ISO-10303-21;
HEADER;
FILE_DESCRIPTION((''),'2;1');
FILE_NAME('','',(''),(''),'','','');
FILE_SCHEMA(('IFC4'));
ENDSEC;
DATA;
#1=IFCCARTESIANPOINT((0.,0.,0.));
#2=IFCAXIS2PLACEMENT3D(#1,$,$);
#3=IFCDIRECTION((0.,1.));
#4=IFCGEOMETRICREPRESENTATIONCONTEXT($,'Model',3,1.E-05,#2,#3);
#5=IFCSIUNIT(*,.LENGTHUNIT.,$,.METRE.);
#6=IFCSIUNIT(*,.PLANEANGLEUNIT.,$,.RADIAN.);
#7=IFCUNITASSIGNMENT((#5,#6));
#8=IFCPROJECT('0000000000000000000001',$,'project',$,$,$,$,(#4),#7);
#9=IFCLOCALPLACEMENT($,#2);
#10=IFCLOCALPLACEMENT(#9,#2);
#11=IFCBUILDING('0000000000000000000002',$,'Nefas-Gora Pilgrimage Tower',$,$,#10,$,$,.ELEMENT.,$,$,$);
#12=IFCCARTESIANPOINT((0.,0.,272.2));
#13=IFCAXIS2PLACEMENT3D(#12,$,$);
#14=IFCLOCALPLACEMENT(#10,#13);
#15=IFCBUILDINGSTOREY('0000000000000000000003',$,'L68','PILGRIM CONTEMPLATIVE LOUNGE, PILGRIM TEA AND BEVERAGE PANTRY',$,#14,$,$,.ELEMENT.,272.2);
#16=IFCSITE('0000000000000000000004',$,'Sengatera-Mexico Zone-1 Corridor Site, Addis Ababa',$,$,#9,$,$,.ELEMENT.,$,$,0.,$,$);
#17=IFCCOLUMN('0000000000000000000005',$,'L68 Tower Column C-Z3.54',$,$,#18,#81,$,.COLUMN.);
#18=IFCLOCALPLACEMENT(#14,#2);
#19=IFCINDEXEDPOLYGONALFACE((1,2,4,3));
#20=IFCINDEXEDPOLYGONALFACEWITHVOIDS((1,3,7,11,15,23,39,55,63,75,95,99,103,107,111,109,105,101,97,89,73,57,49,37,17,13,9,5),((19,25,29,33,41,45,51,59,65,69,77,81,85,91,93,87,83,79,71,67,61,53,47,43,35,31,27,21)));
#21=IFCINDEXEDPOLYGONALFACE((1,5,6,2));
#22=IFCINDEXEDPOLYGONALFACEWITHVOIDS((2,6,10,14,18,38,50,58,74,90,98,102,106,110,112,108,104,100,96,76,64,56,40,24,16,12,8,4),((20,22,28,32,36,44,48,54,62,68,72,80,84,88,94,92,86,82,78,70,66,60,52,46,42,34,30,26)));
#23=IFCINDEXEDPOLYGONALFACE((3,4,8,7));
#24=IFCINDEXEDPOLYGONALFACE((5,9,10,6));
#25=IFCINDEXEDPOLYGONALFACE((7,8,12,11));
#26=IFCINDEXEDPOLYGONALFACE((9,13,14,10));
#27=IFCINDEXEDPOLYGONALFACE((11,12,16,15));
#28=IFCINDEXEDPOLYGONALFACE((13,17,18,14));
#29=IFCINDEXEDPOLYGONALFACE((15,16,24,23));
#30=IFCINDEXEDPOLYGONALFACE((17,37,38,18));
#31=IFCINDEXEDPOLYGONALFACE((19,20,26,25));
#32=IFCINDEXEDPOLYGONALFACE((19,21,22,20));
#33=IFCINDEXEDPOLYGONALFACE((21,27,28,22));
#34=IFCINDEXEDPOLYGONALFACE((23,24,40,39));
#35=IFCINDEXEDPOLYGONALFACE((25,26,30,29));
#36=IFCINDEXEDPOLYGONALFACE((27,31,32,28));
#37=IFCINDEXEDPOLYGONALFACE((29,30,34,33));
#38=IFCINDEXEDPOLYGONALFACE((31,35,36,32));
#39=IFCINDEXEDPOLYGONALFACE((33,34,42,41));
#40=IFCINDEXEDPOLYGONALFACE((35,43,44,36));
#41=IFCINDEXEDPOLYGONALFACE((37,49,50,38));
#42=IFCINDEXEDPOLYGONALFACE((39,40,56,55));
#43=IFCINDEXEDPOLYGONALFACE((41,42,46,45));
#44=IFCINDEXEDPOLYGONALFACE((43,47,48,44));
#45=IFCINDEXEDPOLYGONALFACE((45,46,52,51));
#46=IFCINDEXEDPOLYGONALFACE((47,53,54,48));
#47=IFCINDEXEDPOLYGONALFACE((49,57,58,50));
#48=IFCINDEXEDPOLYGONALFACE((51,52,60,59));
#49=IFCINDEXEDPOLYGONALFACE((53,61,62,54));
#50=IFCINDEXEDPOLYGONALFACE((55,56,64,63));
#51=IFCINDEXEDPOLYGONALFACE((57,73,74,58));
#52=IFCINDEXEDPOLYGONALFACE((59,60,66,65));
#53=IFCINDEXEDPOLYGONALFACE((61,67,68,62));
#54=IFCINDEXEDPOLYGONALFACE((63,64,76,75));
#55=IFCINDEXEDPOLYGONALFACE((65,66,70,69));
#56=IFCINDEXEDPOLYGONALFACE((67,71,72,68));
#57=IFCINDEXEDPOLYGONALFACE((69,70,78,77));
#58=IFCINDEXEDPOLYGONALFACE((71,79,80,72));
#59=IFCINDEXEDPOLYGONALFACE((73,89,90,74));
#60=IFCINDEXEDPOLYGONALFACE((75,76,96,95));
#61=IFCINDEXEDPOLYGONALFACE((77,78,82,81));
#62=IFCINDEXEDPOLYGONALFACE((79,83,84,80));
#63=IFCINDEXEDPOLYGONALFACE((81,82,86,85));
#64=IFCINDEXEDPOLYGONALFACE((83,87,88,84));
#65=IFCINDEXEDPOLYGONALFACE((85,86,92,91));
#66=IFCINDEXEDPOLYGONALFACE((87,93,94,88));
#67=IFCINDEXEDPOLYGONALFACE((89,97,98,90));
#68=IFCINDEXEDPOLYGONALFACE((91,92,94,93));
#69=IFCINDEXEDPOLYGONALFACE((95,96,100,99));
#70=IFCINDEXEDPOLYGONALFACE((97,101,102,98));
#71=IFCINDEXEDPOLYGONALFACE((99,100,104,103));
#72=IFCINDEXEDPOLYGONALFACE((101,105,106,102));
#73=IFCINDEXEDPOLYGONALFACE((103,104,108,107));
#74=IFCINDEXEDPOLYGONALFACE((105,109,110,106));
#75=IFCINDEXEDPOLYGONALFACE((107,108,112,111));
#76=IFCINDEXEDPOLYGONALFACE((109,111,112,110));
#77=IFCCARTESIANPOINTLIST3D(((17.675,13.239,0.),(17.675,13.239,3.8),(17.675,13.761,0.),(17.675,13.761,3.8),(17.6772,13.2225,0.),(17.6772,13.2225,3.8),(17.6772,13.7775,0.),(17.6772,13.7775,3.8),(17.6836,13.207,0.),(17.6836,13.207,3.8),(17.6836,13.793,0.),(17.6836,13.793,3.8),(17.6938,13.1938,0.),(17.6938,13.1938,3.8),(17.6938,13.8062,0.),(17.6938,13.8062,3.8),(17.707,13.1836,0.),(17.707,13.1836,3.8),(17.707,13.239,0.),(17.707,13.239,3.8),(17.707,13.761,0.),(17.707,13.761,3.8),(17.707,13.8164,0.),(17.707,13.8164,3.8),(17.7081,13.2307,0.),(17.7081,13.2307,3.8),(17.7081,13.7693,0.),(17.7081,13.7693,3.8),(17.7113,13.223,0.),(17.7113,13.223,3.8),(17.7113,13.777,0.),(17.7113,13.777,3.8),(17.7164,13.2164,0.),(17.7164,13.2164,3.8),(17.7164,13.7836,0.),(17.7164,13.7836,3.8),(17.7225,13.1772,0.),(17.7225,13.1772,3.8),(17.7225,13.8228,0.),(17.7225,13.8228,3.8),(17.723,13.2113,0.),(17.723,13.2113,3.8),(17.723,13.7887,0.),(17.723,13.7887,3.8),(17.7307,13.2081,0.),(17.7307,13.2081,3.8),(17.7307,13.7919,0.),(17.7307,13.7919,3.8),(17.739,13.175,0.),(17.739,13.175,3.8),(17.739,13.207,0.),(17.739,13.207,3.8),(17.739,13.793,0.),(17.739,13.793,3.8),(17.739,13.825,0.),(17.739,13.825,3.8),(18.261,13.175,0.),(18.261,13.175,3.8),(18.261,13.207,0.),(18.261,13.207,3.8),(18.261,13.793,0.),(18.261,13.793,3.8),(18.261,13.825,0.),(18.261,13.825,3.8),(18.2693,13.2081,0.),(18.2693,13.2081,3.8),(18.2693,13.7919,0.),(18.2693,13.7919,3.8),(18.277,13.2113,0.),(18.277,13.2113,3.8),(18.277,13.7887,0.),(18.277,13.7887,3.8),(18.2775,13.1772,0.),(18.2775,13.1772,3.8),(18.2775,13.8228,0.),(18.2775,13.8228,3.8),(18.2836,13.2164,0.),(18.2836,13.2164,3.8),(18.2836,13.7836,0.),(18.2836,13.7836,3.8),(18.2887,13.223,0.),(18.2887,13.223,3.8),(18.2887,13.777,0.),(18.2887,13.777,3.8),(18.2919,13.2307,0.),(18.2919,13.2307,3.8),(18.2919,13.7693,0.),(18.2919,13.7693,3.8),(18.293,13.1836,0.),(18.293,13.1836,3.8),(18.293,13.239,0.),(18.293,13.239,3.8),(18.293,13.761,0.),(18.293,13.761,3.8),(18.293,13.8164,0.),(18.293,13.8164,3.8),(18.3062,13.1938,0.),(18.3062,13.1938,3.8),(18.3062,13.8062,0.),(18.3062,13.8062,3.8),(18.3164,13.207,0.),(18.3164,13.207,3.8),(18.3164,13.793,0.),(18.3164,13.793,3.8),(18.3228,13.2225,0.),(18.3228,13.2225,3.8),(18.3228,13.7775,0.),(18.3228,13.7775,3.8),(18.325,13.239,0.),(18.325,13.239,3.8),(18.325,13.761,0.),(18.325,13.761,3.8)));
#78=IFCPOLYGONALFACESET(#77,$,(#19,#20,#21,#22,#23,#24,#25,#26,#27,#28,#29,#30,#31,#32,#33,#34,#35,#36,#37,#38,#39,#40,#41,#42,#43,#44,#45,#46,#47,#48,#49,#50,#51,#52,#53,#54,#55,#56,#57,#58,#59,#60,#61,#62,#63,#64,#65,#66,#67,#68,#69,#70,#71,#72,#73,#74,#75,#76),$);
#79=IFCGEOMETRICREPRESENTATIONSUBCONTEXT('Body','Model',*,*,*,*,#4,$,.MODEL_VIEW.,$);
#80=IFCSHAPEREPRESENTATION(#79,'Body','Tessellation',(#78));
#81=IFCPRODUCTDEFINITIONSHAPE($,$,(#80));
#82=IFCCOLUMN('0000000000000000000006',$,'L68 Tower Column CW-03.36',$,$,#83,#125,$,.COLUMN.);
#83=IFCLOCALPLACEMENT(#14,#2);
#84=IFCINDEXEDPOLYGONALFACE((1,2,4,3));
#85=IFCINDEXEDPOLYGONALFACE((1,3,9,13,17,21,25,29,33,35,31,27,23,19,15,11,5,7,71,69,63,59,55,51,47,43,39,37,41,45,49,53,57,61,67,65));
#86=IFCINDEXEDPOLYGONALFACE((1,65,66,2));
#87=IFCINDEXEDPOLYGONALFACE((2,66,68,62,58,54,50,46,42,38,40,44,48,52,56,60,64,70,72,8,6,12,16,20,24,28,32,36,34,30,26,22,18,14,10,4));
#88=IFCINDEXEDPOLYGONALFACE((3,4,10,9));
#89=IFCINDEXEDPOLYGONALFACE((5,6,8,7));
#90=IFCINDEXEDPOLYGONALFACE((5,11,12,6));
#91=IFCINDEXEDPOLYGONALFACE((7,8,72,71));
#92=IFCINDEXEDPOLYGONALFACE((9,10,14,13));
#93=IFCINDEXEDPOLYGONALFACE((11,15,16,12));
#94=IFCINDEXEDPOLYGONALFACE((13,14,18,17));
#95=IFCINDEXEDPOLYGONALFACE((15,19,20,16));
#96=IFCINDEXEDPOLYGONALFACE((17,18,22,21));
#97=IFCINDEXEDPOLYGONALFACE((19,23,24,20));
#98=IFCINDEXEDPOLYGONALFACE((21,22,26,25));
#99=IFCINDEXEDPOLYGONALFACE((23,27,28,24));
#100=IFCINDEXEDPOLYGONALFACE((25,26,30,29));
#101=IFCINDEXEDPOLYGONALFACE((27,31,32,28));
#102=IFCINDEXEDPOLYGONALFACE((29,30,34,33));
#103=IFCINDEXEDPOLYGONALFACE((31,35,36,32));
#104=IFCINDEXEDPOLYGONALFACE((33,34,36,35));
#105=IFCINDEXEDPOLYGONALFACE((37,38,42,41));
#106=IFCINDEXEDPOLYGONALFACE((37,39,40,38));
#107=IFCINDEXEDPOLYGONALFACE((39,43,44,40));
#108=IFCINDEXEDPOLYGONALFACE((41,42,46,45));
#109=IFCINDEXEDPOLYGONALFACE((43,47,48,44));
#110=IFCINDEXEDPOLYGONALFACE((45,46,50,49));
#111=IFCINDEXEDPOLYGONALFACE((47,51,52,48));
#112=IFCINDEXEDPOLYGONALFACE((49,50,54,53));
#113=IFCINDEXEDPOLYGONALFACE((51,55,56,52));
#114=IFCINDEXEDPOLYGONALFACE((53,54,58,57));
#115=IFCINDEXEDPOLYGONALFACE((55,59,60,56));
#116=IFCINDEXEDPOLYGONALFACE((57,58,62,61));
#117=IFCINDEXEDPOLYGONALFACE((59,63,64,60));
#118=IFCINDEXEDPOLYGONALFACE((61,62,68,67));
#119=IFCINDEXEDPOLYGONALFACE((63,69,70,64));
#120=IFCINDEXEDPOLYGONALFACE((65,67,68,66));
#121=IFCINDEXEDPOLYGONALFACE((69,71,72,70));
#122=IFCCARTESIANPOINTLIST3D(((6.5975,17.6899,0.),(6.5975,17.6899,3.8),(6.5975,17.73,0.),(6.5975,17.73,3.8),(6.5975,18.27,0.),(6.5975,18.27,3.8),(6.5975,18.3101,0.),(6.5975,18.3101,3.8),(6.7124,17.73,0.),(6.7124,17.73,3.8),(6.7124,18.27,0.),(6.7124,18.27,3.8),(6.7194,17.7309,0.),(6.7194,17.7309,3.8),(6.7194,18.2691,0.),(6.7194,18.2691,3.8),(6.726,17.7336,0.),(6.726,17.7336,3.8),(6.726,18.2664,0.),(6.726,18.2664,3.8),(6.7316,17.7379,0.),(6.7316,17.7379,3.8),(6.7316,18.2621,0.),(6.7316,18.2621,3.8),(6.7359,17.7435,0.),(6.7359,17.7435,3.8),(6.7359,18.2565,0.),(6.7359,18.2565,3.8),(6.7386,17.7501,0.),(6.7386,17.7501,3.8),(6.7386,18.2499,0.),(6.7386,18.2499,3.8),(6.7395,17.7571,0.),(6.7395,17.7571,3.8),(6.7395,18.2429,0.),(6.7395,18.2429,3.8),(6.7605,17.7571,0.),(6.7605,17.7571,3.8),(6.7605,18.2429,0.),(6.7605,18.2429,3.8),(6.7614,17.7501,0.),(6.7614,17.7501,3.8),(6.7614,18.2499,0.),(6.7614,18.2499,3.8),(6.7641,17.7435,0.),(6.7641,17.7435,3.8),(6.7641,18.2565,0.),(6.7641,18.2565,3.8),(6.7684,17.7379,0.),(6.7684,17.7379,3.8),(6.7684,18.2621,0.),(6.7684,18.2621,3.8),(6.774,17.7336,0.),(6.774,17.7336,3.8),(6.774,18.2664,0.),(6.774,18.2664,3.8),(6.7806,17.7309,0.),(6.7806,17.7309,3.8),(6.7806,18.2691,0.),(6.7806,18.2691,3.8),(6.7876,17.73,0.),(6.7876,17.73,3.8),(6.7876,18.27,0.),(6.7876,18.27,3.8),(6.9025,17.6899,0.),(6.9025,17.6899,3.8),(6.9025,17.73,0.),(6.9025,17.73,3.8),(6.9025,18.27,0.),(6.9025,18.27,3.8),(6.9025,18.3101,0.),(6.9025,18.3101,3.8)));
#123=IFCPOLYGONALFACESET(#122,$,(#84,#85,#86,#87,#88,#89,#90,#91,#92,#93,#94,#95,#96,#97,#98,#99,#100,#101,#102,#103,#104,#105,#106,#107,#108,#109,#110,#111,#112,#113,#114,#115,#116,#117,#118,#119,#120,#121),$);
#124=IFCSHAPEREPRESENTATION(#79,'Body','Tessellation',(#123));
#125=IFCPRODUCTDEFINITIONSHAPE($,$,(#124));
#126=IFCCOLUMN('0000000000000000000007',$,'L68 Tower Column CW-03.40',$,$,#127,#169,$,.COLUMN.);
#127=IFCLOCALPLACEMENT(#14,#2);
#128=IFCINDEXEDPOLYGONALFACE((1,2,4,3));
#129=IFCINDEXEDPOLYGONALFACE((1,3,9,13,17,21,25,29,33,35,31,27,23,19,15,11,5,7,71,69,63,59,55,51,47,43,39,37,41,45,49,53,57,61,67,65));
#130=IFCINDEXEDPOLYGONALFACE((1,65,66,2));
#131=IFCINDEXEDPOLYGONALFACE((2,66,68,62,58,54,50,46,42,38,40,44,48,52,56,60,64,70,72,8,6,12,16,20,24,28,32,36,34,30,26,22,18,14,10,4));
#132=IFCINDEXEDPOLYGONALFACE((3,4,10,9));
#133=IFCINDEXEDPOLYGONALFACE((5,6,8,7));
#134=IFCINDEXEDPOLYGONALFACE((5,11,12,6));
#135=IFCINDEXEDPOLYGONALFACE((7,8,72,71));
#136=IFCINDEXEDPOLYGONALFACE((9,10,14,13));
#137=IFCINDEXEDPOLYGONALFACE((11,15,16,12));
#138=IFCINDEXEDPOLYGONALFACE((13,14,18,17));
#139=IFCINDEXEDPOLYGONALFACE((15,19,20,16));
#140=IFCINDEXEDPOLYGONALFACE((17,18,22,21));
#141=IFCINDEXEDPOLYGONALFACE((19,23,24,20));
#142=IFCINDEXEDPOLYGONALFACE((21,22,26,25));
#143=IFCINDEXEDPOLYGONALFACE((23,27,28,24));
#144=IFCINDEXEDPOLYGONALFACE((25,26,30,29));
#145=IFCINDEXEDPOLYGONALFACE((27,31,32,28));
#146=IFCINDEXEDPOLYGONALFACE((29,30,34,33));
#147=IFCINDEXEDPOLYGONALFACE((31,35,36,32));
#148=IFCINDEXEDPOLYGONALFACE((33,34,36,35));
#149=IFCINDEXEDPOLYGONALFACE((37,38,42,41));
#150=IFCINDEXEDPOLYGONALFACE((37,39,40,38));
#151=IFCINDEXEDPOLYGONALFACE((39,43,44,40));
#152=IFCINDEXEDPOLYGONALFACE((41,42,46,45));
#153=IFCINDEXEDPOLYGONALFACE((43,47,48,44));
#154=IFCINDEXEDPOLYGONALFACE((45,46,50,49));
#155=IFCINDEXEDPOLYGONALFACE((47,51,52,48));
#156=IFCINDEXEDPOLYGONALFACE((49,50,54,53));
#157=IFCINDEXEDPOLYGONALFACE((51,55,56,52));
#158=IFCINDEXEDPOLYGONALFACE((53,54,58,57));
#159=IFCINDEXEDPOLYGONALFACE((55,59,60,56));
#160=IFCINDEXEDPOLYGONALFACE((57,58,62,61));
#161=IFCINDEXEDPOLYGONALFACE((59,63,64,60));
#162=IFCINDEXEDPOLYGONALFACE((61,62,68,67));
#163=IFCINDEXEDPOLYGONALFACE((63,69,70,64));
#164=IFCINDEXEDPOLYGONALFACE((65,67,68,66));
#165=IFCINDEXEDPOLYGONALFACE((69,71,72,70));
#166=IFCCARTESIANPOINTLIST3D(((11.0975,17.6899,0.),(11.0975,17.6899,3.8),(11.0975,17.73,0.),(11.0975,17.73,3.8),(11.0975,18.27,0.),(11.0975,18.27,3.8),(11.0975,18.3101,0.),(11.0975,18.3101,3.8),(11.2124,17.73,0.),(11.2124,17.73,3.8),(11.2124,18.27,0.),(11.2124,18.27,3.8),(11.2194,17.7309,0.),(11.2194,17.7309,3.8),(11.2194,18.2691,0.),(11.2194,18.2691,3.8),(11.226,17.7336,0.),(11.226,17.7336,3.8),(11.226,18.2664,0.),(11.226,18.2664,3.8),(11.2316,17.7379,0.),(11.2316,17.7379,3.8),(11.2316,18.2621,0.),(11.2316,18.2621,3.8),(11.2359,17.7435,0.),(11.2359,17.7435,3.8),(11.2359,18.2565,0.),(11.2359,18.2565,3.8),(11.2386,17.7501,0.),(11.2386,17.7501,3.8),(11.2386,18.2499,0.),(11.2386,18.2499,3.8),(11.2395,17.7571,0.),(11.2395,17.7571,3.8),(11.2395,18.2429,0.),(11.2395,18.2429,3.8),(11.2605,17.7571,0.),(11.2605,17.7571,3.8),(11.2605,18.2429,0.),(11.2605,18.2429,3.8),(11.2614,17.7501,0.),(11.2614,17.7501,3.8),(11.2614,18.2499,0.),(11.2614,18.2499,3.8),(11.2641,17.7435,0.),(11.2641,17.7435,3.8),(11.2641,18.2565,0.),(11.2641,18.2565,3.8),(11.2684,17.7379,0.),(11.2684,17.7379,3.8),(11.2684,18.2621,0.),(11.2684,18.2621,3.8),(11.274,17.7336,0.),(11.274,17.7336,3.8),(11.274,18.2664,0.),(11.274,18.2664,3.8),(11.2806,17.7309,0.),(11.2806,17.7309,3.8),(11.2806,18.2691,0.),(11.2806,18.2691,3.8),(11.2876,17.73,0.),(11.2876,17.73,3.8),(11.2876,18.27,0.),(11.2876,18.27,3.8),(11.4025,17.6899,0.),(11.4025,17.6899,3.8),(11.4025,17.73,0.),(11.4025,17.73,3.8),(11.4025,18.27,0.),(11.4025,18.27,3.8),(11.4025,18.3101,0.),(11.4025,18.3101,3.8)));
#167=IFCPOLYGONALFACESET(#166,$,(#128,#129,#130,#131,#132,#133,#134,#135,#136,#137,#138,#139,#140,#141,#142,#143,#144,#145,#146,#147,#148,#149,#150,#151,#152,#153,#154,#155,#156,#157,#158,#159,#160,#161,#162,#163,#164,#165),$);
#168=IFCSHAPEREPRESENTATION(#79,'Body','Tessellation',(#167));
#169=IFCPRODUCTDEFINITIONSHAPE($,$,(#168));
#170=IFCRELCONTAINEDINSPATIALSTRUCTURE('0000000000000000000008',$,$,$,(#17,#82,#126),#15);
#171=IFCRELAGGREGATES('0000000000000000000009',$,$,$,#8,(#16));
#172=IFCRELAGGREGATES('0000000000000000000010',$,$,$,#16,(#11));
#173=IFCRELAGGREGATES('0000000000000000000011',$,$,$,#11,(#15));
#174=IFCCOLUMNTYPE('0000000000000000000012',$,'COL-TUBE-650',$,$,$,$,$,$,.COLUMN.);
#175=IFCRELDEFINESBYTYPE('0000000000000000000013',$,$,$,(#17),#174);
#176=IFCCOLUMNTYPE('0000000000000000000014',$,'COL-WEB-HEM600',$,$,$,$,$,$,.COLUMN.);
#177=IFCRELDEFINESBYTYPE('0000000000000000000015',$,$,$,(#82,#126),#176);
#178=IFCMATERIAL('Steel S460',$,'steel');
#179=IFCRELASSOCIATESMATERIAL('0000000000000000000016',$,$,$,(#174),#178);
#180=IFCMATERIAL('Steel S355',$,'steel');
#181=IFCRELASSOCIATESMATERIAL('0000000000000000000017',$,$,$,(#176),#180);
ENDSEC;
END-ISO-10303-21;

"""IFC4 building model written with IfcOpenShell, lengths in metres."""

from ifc_helpers import new_model, si_unit, direction, frame, origin, origin_2d, place, context, subcontext, project, spatial, hollow_rectangle, i_section, extrude, source, transform, mapped, material, material_profile, profile_set, type_object, element, save


model = new_model("IFC4")

# Units and contexts
model_context = context("Model", 3, precision=1e-05, world=origin(), true_north=direction((0.0, 1.0)))
body_context = subcontext(model_context, "Body", "Model", "MODEL_VIEW")
ifc_project = project(units=[si_unit("LENGTHUNIT", "METRE"), si_unit("PLANEANGLEUNIT", "RADIAN")], contexts=[model_context])

# Site, building, storey
site_placement = place(None, origin())
site = spatial("IfcSite", under=ifc_project, at=site_placement, Name="Sengatera-Mexico Zone-1 Corridor Site, Addis Ababa", CompositionType="ELEMENT", RefElevation=0.0)
building_placement = place(site_placement, origin())
building = spatial("IfcBuilding", under=site, at=building_placement, Name="Nefas-Gora Pilgrimage Tower", CompositionType="ELEMENT")
storey_placement = place(building_placement, frame((0.0, 0.0, 272.2)))
storey = spatial("IfcBuildingStorey", under=building, at=storey_placement, Name="L68", Description="PILGRIM CONTEMPLATIVE LOUNGE, PILGRIM TEA AND BEVERAGE PANTRY", CompositionType="ELEMENT", Elevation=272.2)

# Columns
ifc_material_1 = material(Name="Steel S460", Category="steel")
ifc_material_profile_1 = material_profile(ifc_material_1, hollow_rectangle(XDim=0.6499, YDim=0.6499, WallThickness=0.032, InnerFilletRadius=0.032, OuterFilletRadius=0.064, at=origin_2d()), Name="BOX 650x650x32")
ifc_profile_set_1 = profile_set([ifc_material_profile_1], Name="Steel S460")
column_type_1 = type_object("IfcColumnType", Name="COL-TUBE-650", PredefinedType="COLUMN", material=ifc_profile_set_1)
shared_shape_1 = source(origin(), body_context, "Body", "SweptSolid", [
    extrude(hollow_rectangle(XDim=0.6499, YDim=0.6499, WallThickness=0.032, InnerFilletRadius=0.032, OuterFilletRadius=0.064, at=origin_2d()), origin(), (0.0, 0.0, 1.0), 3.8),
])
column_placement = place(storey_placement, frame((18.0, 13.5, 0.0), z_axis=(0.0, 0.0, 1.0), x_axis=(1.0, 0.0, 0.0)))
element("IfcColumn", 1, at=column_placement, inside=storey, type_object=column_type_1, Name="L68 Tower Column C-Z3.54", PredefinedType="COLUMN", context=body_context, shape_type="MappedRepresentation", body=[
    mapped(shared_shape_1, transform((0.0, 0.0, 0.0), x_axis=(1.0, 0.0, 0.0), y_axis=(0.0, 1.0, 0.0), z_axis=(0.0, 0.0, 1.0), scale=1.0)),
])
ifc_material_2 = material(Name="Steel S355", Category="steel")
ifc_material_profile_2 = material_profile(ifc_material_2, i_section(OverallWidth=0.3049, OverallDepth=0.6201, WebThickness=0.021, FlangeThickness=0.04, FilletRadius=0.0271, at=origin_2d()), Name="HEM 600")
ifc_profile_set_2 = profile_set([ifc_material_profile_2], Name="Steel S355")
column_type_2 = type_object("IfcColumnType", Name="COL-WEB-HEM600", PredefinedType="COLUMN", material=ifc_profile_set_2)
shared_shape_2 = source(origin(), body_context, "Body", "SweptSolid", [
    extrude(i_section(OverallWidth=0.3049, OverallDepth=0.6201, WebThickness=0.021, FlangeThickness=0.04, FilletRadius=0.0271, at=origin_2d()), origin(), (0.0, 0.0, 1.0), 3.8),
])
for number, where, z_axis, x_axis, name in (
    (2, (6.75, 18.0, 0.0), (0.0, 0.0, 1.0), (1.0, 0.0, 0.0), "L68 Tower Column CW-03.36"),
    (3, (11.25, 18.0, 0.0), (0.0, 0.0, 1.0), (1.0, 0.0, 0.0), "L68 Tower Column CW-03.40"),
):
    element("IfcColumn", number, at=place(storey_placement, frame(where, z_axis=z_axis, x_axis=x_axis)), inside=storey, type_object=column_type_2, Name=name, PredefinedType="COLUMN", context=body_context, shape_type="MappedRepresentation", body=[
        mapped(shared_shape_2, transform((0.0, 0.0, 0.0), x_axis=(1.0, 0.0, 0.0), y_axis=(0.0, 1.0, 0.0), z_axis=(0.0, 0.0, 1.0), scale=1.0)),
    ])

save(model, "model.ifc")
